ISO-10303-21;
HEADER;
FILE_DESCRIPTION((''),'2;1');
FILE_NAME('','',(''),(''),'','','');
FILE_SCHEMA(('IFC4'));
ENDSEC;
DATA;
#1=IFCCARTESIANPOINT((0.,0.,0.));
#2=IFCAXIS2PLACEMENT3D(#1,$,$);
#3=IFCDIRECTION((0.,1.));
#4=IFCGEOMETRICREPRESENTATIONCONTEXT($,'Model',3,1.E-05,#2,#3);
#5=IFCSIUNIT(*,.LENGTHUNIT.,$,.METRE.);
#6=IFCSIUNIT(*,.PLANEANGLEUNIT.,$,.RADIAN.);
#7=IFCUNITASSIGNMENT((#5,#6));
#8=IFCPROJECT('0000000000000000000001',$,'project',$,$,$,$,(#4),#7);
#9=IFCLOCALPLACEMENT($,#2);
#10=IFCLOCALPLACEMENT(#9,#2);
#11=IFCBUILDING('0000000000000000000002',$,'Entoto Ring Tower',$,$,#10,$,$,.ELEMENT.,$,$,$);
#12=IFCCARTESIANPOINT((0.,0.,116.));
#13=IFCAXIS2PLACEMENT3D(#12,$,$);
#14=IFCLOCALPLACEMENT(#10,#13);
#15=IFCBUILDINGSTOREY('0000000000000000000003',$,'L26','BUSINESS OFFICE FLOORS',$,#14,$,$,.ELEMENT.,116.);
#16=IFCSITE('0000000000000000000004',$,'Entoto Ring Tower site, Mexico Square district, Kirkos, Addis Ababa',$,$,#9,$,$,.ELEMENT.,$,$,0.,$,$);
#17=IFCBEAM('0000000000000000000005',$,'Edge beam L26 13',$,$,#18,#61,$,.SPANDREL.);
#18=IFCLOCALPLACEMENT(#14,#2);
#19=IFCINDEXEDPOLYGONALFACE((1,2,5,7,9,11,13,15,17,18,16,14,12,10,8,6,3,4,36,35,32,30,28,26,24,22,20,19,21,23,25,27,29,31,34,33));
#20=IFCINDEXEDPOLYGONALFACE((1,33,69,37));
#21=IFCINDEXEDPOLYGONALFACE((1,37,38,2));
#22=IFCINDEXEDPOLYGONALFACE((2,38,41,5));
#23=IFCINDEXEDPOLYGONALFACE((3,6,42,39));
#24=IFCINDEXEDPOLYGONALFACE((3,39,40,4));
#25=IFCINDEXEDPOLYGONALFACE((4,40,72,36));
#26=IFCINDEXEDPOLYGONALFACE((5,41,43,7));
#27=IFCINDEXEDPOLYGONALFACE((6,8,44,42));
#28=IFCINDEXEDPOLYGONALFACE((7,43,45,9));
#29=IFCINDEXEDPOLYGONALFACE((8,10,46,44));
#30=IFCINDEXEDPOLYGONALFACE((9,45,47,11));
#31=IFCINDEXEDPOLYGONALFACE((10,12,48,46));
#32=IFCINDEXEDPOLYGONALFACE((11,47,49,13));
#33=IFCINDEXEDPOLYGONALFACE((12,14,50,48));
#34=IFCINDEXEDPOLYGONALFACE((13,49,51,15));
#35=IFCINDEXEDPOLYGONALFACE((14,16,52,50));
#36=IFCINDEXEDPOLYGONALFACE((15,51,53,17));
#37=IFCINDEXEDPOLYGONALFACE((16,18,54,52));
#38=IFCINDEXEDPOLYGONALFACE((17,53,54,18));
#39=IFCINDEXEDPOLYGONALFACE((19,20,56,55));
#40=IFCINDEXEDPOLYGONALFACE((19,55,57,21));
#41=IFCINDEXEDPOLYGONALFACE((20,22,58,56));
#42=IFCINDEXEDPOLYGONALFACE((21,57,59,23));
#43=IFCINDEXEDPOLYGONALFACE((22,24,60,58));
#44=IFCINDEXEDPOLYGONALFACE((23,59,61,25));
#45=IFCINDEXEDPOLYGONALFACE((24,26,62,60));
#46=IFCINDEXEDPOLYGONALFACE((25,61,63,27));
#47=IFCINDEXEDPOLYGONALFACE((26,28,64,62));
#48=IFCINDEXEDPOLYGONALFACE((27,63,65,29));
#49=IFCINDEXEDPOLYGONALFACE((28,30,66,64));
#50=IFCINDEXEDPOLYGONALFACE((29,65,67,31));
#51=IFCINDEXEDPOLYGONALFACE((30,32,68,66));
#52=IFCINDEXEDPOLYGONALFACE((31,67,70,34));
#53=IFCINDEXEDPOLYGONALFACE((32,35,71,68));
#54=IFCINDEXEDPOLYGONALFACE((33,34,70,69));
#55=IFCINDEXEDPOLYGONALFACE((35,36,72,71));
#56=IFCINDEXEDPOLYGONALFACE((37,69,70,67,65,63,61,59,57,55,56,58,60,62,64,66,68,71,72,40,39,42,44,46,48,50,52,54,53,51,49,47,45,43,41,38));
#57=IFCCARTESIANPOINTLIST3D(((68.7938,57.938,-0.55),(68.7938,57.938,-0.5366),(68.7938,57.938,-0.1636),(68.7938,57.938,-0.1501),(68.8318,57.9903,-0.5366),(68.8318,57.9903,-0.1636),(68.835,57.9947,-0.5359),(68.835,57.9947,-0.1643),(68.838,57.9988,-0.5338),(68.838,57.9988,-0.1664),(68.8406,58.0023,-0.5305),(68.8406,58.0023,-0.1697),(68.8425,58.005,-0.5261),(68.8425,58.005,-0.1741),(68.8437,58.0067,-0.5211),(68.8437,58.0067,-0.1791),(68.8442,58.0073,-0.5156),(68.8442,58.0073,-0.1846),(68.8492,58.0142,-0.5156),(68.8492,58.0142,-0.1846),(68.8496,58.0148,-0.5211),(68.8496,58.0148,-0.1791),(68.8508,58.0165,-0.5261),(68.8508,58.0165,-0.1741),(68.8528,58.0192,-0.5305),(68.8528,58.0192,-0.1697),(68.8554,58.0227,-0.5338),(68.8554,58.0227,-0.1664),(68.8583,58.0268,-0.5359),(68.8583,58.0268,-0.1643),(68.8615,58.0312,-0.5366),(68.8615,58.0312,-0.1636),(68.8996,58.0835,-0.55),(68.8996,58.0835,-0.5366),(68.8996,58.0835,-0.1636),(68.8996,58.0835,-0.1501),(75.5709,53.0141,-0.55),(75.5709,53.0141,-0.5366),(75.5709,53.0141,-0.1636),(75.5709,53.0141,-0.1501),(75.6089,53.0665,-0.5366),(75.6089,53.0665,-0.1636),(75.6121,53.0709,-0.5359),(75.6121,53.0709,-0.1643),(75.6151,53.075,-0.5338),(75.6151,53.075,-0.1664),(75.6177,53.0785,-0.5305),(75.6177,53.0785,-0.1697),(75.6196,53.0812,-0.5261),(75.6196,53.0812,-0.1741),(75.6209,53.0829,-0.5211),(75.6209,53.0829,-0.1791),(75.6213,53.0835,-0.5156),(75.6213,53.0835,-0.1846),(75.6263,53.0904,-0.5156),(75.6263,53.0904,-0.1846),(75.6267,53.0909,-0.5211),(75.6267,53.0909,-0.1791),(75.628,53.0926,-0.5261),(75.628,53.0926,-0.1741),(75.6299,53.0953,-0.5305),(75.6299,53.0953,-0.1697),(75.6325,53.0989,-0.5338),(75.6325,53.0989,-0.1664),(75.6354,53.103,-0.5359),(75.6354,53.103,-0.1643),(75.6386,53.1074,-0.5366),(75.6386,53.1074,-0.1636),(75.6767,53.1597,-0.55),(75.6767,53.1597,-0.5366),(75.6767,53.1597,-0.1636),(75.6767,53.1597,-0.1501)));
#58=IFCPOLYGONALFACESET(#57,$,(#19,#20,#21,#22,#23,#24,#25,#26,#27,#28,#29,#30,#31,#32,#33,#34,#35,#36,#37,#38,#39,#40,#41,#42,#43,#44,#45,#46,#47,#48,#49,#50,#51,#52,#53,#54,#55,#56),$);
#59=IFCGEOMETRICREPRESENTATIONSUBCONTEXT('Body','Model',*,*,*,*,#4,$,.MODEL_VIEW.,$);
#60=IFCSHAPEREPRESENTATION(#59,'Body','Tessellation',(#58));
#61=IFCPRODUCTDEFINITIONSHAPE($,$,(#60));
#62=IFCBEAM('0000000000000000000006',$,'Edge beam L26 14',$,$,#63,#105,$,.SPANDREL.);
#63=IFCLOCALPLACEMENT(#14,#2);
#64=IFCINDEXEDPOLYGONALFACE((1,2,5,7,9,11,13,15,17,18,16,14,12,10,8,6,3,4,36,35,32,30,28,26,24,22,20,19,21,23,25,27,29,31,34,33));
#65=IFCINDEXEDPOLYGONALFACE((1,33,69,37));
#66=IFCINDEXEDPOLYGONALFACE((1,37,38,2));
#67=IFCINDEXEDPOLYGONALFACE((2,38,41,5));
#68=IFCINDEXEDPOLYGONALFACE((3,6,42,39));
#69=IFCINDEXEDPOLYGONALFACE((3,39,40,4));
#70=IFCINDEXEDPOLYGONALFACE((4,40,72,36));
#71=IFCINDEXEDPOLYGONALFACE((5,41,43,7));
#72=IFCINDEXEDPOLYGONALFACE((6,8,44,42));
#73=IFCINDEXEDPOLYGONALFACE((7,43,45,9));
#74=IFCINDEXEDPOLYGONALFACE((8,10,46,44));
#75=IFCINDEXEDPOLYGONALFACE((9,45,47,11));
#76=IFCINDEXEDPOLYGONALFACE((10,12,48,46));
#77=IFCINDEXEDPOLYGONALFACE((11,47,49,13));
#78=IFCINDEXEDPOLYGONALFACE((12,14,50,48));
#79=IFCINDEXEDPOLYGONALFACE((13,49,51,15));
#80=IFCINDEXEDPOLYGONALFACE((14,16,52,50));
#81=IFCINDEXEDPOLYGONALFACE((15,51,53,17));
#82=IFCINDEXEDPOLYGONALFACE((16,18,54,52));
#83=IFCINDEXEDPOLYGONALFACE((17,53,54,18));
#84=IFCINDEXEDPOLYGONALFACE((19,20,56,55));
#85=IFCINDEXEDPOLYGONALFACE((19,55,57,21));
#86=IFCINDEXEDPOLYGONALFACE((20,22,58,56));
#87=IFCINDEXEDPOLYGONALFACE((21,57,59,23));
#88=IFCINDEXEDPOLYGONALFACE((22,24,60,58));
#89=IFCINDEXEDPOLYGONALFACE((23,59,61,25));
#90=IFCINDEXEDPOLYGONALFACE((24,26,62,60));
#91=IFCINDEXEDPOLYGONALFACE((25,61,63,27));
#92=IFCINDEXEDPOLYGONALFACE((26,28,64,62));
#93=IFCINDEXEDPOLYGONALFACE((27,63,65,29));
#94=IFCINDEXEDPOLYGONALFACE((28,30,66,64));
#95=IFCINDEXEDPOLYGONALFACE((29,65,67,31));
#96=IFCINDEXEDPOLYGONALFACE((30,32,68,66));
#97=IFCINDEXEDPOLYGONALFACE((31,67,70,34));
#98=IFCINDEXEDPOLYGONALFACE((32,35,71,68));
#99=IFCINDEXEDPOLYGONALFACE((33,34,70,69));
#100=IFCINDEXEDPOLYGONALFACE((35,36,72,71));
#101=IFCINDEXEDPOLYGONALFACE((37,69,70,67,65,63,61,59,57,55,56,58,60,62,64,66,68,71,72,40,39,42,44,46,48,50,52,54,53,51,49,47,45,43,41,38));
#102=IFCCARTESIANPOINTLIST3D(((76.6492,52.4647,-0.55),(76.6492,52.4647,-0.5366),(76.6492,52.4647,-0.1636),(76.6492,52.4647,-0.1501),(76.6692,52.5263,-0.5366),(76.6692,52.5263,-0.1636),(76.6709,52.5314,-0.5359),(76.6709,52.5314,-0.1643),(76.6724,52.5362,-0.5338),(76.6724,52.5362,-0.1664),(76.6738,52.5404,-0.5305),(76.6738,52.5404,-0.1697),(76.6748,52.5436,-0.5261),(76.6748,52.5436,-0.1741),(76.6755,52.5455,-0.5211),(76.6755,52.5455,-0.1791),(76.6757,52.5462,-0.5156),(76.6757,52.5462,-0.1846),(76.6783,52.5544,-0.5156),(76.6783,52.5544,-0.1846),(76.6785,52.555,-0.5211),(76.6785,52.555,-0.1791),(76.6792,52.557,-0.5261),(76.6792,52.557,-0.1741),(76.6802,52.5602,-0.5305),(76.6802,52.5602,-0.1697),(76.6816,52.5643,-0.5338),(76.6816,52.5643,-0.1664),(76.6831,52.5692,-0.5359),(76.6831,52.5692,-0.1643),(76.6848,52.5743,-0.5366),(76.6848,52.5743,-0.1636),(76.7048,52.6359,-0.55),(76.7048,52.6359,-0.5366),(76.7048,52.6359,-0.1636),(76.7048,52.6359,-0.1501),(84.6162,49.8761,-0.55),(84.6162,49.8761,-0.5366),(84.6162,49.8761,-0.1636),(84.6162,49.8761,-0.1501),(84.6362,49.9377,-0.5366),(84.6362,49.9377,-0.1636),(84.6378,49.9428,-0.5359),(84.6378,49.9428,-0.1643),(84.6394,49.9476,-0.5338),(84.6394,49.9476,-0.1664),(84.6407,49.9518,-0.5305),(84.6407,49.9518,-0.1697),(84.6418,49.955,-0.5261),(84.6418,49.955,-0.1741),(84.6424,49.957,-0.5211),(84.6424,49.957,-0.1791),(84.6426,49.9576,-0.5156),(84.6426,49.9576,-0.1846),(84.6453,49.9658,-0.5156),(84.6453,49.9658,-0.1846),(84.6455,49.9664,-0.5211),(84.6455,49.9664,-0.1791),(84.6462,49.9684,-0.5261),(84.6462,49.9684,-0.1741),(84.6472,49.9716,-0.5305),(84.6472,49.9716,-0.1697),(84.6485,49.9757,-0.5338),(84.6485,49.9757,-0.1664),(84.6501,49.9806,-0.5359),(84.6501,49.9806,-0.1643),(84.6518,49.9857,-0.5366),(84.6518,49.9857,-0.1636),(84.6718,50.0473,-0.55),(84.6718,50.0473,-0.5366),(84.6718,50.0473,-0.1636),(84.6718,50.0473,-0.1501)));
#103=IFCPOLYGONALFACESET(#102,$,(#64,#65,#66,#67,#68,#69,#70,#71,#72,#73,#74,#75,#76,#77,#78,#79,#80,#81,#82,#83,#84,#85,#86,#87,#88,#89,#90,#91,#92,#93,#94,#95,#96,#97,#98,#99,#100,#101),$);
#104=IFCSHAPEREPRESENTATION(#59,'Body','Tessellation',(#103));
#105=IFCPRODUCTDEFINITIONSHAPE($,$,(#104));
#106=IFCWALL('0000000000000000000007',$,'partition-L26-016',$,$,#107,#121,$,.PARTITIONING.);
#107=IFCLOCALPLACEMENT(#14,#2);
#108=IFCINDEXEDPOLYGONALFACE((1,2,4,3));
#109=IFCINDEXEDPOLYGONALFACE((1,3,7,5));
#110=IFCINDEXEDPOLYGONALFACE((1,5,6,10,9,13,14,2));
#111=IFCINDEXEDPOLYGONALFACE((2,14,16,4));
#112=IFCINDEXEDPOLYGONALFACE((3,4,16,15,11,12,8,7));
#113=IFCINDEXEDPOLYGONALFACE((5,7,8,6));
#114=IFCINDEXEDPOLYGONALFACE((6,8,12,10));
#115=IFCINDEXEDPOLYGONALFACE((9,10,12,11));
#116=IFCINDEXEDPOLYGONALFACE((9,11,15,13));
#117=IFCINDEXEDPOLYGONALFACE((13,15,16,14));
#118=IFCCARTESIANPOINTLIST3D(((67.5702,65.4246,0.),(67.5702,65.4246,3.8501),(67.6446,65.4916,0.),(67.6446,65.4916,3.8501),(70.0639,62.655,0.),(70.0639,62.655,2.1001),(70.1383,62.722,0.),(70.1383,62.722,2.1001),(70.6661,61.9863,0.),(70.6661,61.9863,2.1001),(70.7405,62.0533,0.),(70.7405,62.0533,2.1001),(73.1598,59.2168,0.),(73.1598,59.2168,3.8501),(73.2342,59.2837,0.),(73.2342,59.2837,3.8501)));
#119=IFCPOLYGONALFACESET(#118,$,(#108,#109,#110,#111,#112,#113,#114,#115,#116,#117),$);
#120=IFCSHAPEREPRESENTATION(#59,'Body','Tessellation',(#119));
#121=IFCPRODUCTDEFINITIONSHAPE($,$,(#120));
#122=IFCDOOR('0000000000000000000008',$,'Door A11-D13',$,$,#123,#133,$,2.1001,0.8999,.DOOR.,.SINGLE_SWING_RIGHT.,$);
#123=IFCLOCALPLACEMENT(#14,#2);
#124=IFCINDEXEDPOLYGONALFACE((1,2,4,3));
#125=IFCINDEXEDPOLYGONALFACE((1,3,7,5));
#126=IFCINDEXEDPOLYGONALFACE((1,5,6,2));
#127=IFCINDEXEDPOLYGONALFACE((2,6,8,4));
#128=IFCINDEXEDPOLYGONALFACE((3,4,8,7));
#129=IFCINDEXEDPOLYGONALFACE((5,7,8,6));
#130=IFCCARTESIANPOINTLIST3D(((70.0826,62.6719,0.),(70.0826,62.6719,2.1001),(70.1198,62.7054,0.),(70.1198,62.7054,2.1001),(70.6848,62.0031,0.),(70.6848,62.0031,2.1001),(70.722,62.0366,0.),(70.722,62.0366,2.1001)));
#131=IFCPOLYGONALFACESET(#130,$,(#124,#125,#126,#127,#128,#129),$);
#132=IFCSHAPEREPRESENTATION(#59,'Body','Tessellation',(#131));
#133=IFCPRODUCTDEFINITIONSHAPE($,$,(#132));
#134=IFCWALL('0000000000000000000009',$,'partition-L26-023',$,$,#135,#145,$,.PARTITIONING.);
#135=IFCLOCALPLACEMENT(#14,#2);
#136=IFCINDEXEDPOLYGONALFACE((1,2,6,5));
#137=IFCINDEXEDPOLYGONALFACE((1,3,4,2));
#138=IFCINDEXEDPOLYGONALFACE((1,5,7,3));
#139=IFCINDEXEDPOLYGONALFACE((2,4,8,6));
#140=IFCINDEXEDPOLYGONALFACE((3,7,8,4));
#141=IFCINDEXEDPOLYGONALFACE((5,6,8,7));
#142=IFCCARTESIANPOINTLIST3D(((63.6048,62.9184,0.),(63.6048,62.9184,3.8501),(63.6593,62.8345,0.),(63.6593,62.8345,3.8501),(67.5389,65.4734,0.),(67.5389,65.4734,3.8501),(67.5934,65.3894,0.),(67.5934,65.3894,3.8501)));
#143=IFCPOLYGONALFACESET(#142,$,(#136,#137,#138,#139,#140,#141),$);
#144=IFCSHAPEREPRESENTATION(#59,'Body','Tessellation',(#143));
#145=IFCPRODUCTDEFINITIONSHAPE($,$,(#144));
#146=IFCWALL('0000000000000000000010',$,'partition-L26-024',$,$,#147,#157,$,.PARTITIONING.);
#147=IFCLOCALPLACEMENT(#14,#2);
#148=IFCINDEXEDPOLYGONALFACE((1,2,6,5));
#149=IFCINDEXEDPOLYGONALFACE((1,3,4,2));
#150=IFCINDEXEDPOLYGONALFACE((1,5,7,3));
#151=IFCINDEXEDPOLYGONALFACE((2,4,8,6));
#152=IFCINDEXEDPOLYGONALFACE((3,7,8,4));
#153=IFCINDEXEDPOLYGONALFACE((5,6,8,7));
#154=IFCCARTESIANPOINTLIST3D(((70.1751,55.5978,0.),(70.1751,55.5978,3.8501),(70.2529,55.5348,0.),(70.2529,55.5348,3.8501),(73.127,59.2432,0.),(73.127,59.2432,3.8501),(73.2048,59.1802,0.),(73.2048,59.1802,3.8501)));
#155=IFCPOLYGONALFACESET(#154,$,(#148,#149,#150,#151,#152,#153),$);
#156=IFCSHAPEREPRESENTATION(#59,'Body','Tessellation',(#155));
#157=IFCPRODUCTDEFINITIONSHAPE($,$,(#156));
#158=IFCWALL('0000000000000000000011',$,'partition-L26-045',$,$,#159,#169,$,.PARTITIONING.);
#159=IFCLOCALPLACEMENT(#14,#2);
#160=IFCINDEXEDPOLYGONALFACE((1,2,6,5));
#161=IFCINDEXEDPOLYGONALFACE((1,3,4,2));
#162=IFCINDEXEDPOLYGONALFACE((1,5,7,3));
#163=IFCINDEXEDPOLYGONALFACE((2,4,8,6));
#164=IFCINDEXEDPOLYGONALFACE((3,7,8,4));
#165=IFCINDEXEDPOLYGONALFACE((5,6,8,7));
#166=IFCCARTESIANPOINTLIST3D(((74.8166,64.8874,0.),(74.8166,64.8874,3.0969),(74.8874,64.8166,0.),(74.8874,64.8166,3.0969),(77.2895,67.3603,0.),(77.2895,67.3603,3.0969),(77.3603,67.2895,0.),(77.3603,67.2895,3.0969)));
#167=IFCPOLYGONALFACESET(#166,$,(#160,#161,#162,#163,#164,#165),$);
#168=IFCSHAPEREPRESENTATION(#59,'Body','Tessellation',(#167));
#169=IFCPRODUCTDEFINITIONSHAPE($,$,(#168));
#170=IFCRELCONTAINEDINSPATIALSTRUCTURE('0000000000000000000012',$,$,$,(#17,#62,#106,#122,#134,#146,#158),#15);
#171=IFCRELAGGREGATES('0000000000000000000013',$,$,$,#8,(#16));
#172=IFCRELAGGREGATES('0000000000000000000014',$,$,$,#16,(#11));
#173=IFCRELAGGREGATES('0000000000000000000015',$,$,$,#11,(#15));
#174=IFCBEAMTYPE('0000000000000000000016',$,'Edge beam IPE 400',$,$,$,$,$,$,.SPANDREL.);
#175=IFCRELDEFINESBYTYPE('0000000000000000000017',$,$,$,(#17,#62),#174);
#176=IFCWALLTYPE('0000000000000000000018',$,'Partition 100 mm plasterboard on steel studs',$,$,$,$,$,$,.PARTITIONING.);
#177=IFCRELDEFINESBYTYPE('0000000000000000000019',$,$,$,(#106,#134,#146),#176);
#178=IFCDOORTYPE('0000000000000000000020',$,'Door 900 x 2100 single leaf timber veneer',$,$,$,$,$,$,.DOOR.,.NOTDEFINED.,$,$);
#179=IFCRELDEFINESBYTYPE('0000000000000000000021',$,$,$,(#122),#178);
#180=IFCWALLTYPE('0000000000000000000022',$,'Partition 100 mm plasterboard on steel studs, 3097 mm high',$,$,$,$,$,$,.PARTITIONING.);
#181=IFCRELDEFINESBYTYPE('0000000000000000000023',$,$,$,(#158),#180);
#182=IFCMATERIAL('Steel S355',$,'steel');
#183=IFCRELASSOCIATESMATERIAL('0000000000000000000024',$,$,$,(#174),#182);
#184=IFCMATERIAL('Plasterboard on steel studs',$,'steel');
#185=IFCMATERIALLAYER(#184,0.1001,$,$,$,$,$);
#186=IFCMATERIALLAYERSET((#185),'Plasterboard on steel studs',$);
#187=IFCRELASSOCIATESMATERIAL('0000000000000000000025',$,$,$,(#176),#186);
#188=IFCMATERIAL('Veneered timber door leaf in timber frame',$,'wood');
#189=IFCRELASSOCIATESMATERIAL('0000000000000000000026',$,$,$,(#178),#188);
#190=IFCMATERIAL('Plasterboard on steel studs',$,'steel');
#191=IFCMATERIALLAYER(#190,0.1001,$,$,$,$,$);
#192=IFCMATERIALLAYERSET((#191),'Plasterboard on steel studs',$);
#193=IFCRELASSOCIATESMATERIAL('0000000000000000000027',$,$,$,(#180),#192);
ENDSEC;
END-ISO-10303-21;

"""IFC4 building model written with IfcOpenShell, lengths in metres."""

from ifc_helpers import new_model, si_unit, direction, frame, frame_2d, origin, origin_2d, place, context, subcontext, project, spatial, rectangle, i_section, extrude, material, layer, layer_set, material_profile, profile_set, type_object, element, fill, save


model = new_model("IFC4")

# Units and contexts
model_context = context("Model", 3, precision=1e-05, world=origin(), true_north=direction((0.0, 1.0)))
body_context = subcontext(model_context, "Body", "Model", "MODEL_VIEW")
ifc_project = project(units=[si_unit("LENGTHUNIT", "METRE"), si_unit("PLANEANGLEUNIT", "RADIAN")], contexts=[model_context])

# Site, building, storey
site_placement = place(None, origin())
site = spatial("IfcSite", under=ifc_project, at=site_placement, Name="Entoto Ring Tower site, Mexico Square district, Kirkos, Addis Ababa", CompositionType="ELEMENT", RefElevation=0.0)
building_placement = place(site_placement, origin())
building = spatial("IfcBuilding", under=site, at=building_placement, Name="Entoto Ring Tower", CompositionType="ELEMENT")
storey_placement = place(building_placement, frame((0.0, 0.0, 116.0)))
storey = spatial("IfcBuildingStorey", under=building, at=storey_placement, Name="L26", Description="BUSINESS OFFICE FLOORS", CompositionType="ELEMENT", Elevation=116.0)

# Beams
ifc_material_1 = material(Name="Steel S355", Category="steel")
ifc_material_profile_1 = material_profile(ifc_material_1, i_section(OverallWidth=0.1799, OverallDepth=0.3999, WebThickness=0.0085, FlangeThickness=0.0134, FilletRadius=0.021, at=origin_2d()), Name="IPE 400")
ifc_profile_set_1 = profile_set([ifc_material_profile_1], Name="Steel S355")
beam_type = type_object("IfcBeamType", Name="Edge beam IPE 400", PredefinedType="SPANDREL", material=ifc_profile_set_1)
for number, where, z_axis, x_axis, name in (
    (1, (68.8467, 58.0107, -0.3501), (0.809018, -0.587783, 0.0), (0.587783, 0.809018, 0.0), "Edge beam L26 13"),
    (2, (76.677, 52.5503, -0.3501), (0.951057, -0.309014, 0.0), (0.309014, 0.951057, 0.0), "Edge beam L26 14"),
):
    element("IfcBeam", number, at=place(storey_placement, frame(where, z_axis=z_axis, x_axis=x_axis)), inside=storey, type_object=beam_type, Name=name, PredefinedType="SPANDREL", context=body_context, shape_type="SweptSolid", body=[
        extrude(i_section(OverallWidth=0.1799, OverallDepth=0.3999, WebThickness=0.0085, FlangeThickness=0.0134, FilletRadius=0.021, at=origin_2d()), origin(), (0.0, 0.0, 1.0), 8.377),
    ])

# Wall, opening, door
ifc_material_2 = material(Name="Plasterboard on steel studs", Category="steel")
ifc_layer_1 = layer(ifc_material_2, 0.1001)
ifc_layer_set_1 = layer_set([ifc_layer_1], Name="Plasterboard on steel studs")
wall_type_1 = type_object("IfcWallType", Name="Partition 100 mm plasterboard on steel studs", PredefinedType="PARTITIONING", material=ifc_layer_set_1)
wall_1_placement = place(storey_placement, frame((73.197, 59.2502, 0.0), z_axis=(0.0, 0.0, 1.0), x_axis=(-0.669137, 0.743139, 0.0)))
wall_1 = element("IfcWall", 3, at=wall_1_placement, inside=storey, type_object=wall_type_1, Name="partition-L26-016", PredefinedType="PARTITIONING", context=body_context, shape_type="SweptSolid", body=[
    extrude(rectangle(XDim=8.3535, YDim=0.1001, at=frame_2d((4.1768, 0.0))), origin(), (0.0, 0.0, 1.0), 3.8501),
])
opening_placement = place(wall_1_placement, frame((3.7268, 0.0, 0.0)))
opening = element("IfcOpeningElement", 4, at=opening_placement, cuts=wall_1, PredefinedType="OPENING", context=body_context, shape_type="SweptSolid", body=[
    extrude(rectangle(XDim=0.8999, YDim=2.1001, at=frame_2d((0.45, 1.05))), frame((0.0, 0.0601, 0.0), z_axis=(0.0, -1.0, 0.0), x_axis=(1.0, 0.0, 0.0)), (0.0, 0.0, 1.0), 0.1201),
])
ifc_material_3 = material(Name="Veneered timber door leaf in timber frame", Category="wood")
door_type = type_object("IfcDoorType", Name="Door 900 x 2100 single leaf timber veneer", OperationType="NOTDEFINED", PredefinedType="DOOR", material=ifc_material_3)
door_placement = place(opening_placement, origin())
door = element("IfcDoor", 5, at=door_placement, inside=storey, type_object=door_type, Name="Door A11-D13", OperationType="SINGLE_SWING_RIGHT", OverallHeight=2.1001, OverallWidth=0.8999, PredefinedType="DOOR", context=body_context, shape_type="SweptSolid", body=[
    extrude(rectangle(XDim=0.8999, YDim=2.1001, at=frame_2d((0.45, 1.05))), frame((0.0, 0.0249, 0.0), z_axis=(0.0, -1.0, 0.0), x_axis=(1.0, 0.0, 0.0)), (0.0, 0.0, 1.0), 0.05),
])
fill(opening, door)

# Walls
wall_2_placement = place(storey_placement, frame((63.6321, 62.8765, 0.0), z_axis=(0.0, 0.0, 1.0), x_axis=(0.83866, 0.544655, 0.0)))
element("IfcWall", 6, at=wall_2_placement, inside=storey, type_object=wall_type_1, Name="partition-L26-023", PredefinedType="PARTITIONING", context=body_context, shape_type="SweptSolid", body=[
    extrude(rectangle(XDim=4.6909, YDim=0.1001, at=frame_2d((2.3455, 0.0))), origin(), (0.0, 0.0, 1.0), 3.8501),
])
wall_3_placement = place(storey_placement, frame((70.2141, 55.5664, 0.0), z_axis=(0.0, 0.0, 1.0), x_axis=(0.629299, 0.777164, 0.0)))
element("IfcWall", 7, at=wall_3_placement, inside=storey, type_object=wall_type_1, Name="partition-L26-024", PredefinedType="PARTITIONING", context=body_context, shape_type="SweptSolid", body=[
    extrude(rectangle(XDim=4.6907, YDim=0.1001, at=frame_2d((2.3452, 0.0))), origin(), (0.0, 0.0, 1.0), 3.8501),
])
ifc_material_4 = material(Name="Plasterboard on steel studs", Category="steel")
ifc_layer_2 = layer(ifc_material_4, 0.1001)
ifc_layer_set_2 = layer_set([ifc_layer_2], Name="Plasterboard on steel studs")
wall_type_2 = type_object("IfcWallType", Name="Partition 100 mm plasterboard on steel studs, 3097 mm high", PredefinedType="PARTITIONING", material=ifc_layer_set_2)
wall_4_placement = place(storey_placement, frame((74.8521, 64.8521, 0.0), z_axis=(0.0, 0.0, 1.0), x_axis=(0.707107, 0.707107, 0.0)))
element("IfcWall", 8, at=wall_4_placement, inside=storey, type_object=wall_type_2, Name="partition-L26-045", PredefinedType="PARTITIONING", context=body_context, shape_type="SweptSolid", body=[
    extrude(rectangle(XDim=3.4973, YDim=0.1001, at=frame_2d((1.7485, 0.0))), origin(), (0.0, 0.0, 1.0), 3.0969),
])

save(model, "model.ifc")
